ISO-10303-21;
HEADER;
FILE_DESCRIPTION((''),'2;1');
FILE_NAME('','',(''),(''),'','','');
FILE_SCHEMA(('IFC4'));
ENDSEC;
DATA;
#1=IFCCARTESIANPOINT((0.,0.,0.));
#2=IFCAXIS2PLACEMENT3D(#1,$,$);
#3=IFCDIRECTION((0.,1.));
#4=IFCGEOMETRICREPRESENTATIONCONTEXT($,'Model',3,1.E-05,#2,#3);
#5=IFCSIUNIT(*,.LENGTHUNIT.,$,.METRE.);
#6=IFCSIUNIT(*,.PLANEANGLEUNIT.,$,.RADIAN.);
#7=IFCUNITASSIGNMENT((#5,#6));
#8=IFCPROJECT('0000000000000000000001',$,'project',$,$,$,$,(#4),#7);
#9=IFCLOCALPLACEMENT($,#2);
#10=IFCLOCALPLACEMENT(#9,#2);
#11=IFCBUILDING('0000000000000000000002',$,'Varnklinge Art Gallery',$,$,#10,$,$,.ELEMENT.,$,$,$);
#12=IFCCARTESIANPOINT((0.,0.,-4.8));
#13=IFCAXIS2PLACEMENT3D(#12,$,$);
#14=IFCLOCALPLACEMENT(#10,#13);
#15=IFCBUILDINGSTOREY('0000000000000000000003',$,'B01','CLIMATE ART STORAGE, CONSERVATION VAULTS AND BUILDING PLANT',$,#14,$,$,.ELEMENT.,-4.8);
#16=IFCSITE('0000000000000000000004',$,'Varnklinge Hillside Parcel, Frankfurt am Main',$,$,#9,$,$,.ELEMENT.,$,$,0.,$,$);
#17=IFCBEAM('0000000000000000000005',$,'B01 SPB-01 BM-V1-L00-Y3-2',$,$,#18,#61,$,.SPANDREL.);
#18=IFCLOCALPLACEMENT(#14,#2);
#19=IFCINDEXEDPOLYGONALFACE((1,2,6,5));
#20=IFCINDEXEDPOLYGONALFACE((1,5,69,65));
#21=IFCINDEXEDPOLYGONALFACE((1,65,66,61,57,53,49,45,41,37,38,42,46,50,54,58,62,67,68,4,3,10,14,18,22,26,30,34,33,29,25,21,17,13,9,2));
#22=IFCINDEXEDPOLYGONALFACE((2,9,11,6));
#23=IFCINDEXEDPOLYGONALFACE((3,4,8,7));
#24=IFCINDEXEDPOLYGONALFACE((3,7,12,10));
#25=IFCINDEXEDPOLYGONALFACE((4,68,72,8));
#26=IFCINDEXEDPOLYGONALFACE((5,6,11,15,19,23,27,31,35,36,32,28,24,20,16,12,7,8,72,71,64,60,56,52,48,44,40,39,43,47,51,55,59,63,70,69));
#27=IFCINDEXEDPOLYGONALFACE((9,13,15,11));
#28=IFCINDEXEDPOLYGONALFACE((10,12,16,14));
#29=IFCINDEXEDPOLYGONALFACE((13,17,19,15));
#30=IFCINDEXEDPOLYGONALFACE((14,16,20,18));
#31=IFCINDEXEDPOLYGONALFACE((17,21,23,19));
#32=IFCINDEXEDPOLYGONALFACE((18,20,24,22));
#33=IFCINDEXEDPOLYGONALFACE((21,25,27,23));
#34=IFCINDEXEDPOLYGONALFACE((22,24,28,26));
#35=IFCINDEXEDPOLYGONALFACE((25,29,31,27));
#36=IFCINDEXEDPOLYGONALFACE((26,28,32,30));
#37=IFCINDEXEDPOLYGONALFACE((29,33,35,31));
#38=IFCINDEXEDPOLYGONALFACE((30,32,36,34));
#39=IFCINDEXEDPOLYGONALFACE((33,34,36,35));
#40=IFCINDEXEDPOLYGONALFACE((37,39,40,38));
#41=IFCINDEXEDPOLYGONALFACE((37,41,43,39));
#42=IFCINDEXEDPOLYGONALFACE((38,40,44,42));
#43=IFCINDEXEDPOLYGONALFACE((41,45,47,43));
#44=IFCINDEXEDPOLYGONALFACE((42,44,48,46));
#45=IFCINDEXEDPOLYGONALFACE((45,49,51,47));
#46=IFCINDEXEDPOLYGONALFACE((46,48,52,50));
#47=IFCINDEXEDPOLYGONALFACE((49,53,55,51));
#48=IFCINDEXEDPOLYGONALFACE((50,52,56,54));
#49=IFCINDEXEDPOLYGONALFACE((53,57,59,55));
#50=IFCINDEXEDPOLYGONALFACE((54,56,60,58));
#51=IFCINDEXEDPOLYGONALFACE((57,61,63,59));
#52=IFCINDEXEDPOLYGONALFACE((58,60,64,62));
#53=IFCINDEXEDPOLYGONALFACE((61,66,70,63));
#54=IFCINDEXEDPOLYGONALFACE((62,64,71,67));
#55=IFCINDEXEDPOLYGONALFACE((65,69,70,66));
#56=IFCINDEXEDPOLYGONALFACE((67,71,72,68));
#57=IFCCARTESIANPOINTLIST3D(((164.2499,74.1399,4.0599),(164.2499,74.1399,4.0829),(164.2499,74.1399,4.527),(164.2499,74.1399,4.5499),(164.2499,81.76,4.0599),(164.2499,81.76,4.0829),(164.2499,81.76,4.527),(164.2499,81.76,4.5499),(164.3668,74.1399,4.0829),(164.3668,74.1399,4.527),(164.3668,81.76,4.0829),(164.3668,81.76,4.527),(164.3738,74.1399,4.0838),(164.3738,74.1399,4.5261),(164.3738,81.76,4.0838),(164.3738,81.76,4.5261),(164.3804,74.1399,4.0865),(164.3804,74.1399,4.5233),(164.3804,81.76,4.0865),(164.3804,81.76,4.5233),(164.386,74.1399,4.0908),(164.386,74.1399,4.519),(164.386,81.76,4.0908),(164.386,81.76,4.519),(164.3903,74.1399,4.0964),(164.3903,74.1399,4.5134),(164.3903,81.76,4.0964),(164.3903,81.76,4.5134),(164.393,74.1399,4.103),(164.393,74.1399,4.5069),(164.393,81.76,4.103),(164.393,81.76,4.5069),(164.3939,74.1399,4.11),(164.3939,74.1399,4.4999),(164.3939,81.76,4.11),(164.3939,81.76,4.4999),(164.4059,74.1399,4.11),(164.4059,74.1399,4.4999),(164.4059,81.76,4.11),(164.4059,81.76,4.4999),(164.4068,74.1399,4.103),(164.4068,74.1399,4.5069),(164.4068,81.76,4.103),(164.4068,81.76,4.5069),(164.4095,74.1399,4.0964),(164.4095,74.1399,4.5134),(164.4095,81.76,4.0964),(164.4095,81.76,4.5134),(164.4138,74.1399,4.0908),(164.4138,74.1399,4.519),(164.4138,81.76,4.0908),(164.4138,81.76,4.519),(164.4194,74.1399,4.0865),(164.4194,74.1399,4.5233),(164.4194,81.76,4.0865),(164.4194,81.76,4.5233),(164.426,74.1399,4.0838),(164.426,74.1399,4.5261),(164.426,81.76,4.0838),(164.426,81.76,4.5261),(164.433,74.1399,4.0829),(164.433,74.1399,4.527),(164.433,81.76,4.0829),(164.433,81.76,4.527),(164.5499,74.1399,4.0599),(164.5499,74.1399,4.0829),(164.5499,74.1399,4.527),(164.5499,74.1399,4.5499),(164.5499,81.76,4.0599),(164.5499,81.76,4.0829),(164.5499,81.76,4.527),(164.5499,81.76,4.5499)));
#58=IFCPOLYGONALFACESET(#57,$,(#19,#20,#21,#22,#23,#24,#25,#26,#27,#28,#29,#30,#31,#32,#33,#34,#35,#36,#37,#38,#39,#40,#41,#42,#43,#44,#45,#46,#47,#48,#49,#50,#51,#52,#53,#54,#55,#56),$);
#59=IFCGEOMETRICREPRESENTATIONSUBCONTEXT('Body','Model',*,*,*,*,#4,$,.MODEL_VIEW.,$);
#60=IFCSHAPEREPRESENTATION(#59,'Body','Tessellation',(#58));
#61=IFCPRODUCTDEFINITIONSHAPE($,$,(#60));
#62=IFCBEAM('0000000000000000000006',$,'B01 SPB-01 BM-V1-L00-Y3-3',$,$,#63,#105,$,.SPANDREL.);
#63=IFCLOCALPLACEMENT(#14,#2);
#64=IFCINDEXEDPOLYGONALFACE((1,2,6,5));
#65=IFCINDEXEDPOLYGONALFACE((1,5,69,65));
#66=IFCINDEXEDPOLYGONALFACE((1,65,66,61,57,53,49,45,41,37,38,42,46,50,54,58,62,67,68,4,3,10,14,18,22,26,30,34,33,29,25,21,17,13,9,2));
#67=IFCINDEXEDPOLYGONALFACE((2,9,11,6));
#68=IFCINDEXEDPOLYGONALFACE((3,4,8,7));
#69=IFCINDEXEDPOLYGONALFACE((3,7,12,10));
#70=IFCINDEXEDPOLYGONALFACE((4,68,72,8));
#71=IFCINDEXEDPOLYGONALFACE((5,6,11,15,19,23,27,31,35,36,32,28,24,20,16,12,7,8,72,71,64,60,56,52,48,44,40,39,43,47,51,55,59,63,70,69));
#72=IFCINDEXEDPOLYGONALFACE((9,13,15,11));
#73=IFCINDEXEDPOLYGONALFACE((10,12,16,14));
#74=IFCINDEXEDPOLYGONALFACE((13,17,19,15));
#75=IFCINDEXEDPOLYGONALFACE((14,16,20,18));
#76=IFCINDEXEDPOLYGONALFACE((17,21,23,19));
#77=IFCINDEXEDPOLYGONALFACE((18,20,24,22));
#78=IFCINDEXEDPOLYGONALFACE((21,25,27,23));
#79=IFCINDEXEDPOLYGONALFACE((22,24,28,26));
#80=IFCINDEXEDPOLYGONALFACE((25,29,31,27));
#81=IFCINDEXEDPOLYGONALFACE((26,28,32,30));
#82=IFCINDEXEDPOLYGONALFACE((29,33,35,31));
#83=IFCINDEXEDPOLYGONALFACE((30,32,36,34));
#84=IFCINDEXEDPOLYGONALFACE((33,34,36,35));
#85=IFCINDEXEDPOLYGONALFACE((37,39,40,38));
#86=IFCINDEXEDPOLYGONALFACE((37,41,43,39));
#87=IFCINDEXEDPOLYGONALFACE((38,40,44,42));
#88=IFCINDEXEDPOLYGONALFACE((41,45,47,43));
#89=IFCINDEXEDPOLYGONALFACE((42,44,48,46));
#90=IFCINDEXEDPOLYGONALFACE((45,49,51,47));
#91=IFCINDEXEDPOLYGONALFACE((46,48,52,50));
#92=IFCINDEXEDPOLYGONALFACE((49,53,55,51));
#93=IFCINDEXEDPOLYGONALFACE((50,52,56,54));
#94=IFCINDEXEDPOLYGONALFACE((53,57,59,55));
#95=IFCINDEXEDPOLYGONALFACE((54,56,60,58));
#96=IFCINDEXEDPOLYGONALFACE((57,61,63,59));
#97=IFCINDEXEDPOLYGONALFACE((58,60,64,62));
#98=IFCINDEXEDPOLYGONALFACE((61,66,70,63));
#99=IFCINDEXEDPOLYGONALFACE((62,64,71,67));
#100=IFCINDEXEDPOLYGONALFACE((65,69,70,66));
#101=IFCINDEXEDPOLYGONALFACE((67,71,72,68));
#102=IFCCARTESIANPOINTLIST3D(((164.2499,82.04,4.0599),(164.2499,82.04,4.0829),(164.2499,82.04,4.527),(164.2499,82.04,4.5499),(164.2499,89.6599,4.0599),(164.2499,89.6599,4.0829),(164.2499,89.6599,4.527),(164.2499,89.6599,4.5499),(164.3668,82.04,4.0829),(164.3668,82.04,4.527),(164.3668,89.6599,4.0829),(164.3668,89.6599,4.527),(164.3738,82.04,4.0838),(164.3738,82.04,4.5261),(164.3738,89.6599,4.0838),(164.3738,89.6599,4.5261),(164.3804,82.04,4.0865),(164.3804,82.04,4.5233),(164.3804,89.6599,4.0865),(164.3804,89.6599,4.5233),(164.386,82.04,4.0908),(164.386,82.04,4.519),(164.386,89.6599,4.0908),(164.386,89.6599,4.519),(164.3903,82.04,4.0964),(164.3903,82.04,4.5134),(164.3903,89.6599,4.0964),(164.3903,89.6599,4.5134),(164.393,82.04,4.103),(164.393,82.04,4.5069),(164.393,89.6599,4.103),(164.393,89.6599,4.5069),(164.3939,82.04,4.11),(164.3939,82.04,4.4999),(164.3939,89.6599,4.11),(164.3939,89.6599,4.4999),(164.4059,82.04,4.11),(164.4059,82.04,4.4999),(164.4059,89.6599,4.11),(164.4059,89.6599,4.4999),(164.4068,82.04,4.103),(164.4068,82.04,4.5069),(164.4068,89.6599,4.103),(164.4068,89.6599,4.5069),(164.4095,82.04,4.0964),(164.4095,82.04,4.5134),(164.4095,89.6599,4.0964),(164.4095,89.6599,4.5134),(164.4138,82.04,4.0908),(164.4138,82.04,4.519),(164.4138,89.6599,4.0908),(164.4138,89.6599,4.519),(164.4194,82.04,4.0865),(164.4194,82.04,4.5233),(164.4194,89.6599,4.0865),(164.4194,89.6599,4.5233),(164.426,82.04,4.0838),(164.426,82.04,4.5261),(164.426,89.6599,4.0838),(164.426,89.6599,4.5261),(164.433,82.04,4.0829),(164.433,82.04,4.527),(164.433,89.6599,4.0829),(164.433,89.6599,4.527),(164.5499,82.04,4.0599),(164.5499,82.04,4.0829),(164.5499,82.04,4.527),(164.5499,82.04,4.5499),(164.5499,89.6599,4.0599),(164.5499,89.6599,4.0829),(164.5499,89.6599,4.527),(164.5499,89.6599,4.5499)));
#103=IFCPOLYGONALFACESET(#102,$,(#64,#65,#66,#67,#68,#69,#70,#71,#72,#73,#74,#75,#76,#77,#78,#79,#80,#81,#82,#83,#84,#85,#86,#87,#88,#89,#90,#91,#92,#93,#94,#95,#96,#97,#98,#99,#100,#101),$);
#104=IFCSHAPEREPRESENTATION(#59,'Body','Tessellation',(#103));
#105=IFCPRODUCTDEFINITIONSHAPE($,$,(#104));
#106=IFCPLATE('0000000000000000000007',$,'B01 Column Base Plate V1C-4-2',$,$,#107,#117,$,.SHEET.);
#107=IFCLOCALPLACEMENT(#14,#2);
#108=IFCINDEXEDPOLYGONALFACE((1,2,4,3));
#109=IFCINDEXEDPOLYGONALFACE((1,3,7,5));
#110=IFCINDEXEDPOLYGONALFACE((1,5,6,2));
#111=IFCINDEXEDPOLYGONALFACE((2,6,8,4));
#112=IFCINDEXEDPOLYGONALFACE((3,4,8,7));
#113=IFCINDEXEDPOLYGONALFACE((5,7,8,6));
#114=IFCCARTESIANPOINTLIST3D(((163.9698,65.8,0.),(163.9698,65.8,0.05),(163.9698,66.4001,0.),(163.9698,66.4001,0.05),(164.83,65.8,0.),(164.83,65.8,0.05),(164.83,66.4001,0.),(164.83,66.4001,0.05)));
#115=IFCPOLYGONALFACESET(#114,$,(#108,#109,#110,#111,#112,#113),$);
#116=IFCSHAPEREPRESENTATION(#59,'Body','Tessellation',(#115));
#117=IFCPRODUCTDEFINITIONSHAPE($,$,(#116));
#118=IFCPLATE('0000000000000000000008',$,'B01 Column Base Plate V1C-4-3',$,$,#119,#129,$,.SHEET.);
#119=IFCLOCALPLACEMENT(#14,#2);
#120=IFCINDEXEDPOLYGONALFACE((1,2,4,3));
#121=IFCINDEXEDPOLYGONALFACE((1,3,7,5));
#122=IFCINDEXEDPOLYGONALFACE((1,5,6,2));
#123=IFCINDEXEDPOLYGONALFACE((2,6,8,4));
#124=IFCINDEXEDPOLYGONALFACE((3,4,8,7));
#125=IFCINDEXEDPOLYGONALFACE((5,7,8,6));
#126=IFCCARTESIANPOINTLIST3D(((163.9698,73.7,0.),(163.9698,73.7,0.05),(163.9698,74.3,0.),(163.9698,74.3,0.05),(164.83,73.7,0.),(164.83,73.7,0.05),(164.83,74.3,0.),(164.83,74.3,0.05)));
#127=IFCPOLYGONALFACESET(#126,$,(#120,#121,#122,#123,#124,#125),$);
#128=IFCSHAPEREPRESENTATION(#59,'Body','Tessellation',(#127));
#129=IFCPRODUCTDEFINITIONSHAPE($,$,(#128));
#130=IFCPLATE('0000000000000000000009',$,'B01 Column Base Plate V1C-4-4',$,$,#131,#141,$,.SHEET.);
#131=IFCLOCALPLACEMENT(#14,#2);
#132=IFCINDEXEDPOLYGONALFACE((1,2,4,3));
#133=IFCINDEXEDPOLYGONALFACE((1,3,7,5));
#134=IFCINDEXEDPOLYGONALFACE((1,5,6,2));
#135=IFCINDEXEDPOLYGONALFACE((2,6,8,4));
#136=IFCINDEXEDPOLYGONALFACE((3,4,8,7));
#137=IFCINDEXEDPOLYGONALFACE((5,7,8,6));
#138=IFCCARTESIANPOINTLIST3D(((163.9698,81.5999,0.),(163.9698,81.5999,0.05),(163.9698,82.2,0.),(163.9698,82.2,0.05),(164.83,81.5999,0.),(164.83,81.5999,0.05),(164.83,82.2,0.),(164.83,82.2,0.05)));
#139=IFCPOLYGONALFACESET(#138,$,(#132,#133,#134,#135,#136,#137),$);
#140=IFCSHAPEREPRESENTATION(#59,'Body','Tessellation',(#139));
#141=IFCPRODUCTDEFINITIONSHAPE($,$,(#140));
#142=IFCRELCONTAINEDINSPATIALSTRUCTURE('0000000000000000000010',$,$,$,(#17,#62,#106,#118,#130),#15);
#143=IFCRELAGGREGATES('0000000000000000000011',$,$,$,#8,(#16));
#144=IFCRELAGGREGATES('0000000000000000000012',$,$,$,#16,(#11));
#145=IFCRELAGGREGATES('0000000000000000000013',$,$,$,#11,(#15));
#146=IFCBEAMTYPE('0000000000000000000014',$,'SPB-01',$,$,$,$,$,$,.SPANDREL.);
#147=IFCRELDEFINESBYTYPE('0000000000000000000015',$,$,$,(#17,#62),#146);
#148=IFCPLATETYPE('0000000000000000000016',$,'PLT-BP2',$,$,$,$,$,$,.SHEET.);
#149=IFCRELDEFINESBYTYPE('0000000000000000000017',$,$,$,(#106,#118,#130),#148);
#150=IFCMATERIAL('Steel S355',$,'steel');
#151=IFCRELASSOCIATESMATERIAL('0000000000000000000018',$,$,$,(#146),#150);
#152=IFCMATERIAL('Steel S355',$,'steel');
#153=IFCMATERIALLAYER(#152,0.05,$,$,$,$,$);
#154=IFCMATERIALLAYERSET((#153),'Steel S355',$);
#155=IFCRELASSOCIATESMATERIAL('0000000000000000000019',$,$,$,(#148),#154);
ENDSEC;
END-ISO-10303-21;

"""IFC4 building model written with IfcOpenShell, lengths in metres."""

from ifc_helpers import new_model, si_unit, direction, frame, origin, origin_2d, place, context, subcontext, project, spatial, rectangle, i_section, extrude, material, layer, layer_set, material_profile, profile_set, type_object, element, save


model = new_model("IFC4")

# Units and contexts
model_context = context("Model", 3, precision=1e-05, world=origin(), true_north=direction((0.0, 1.0)))
body_context = subcontext(model_context, "Body", "Model", "MODEL_VIEW")
ifc_project = project(units=[si_unit("LENGTHUNIT", "METRE"), si_unit("PLANEANGLEUNIT", "RADIAN")], contexts=[model_context])

# Site, building, storey
site_placement = place(None, origin())
site = spatial("IfcSite", under=ifc_project, at=site_placement, Name="Varnklinge Hillside Parcel, Frankfurt am Main", CompositionType="ELEMENT", RefElevation=0.0)
building_placement = place(site_placement, origin())
building = spatial("IfcBuilding", under=site, at=building_placement, Name="Varnklinge Art Gallery", CompositionType="ELEMENT")
storey_placement = place(building_placement, frame((0.0, 0.0, -4.8)))
storey = spatial("IfcBuildingStorey", under=building, at=storey_placement, Name="B01", Description="CLIMATE ART STORAGE, CONSERVATION VAULTS AND BUILDING PLANT", CompositionType="ELEMENT", Elevation=-4.8)

# Beams
ifc_material_1 = material(Name="Steel S355", Category="steel")
ifc_material_profile_1 = material_profile(ifc_material_1, i_section(OverallWidth=0.3, OverallDepth=0.49, WebThickness=0.012, FlangeThickness=0.0229, FilletRadius=0.0271, at=origin_2d()), Name="HEA 500")
ifc_profile_set_1 = profile_set([ifc_material_profile_1], Name="Steel S355")
beam_type_1 = type_object("IfcBeamType", Name="SPB-01", PredefinedType="SPANDREL", material=ifc_profile_set_1)
for number, where, z_axis, x_axis, name in (
    (1, (164.3999, 74.1399, 4.3049), (0.0, 1.0, 0.0), (-1.0, 0.0, 0.0), "B01 SPB-01 BM-V1-L00-Y3-2"),
):
    element("IfcBeam", number, at=place(storey_placement, frame(where, z_axis=z_axis, x_axis=x_axis)), inside=storey, type_object=beam_type_1, Name=name, PredefinedType="SPANDREL", context=body_context, shape_type="SweptSolid", body=[
        extrude(i_section(OverallWidth=0.3, OverallDepth=0.49, WebThickness=0.012, FlangeThickness=0.0229, FilletRadius=0.0271, at=origin_2d()), origin(), (0.0, 0.0, 1.0), 7.6201),
    ])
beam_placement = place(storey_placement, frame((164.3999, 82.04, 4.3049), z_axis=(0.0, 1.0, 0.0), x_axis=(-1.0, 0.0, 0.0)))
element("IfcBeam", 2, at=beam_placement, inside=storey, type_object=beam_type_1, Name="B01 SPB-01 BM-V1-L00-Y3-3", PredefinedType="SPANDREL", context=body_context, shape_type="SweptSolid", body=[
    extrude(i_section(OverallWidth=0.3, OverallDepth=0.49, WebThickness=0.012, FlangeThickness=0.0229, FilletRadius=0.0271, at=origin_2d()), origin(), (0.0, 0.0, 1.0), 7.6199),
])

# Plates
ifc_material_2 = material(Name="Steel S355", Category="steel")
ifc_layer = layer(ifc_material_2, 0.05)
ifc_layer_set = layer_set([ifc_layer], Name="Steel S355")
plate_type = type_object("IfcPlateType", Name="PLT-BP2", PredefinedType="SHEET", material=ifc_layer_set)
for number, where, z_axis, x_axis, name in (
    (3, (164.3999, 66.1001, 0.0), (0.0, 0.0, 1.0), (1.0, 0.0, 0.0), "B01 Column Base Plate V1C-4-2"),
    (4, (164.3999, 74.0, 0.0), (0.0, 0.0, 1.0), (1.0, 0.0, 0.0), "B01 Column Base Plate V1C-4-3"),
    (5, (164.3999, 81.8999, 0.0), (0.0, 0.0, 1.0), (1.0, 0.0, 0.0), "B01 Column Base Plate V1C-4-4"),
):
    element("IfcPlate", number, at=place(storey_placement, frame(where, z_axis=z_axis, x_axis=x_axis)), inside=storey, type_object=plate_type, Name=name, PredefinedType="SHEET", context=body_context, shape_type="SweptSolid", body=[
        extrude(rectangle(XDim=0.8601, YDim=0.6001, at=origin_2d()), origin(), (0.0, 0.0, 1.0), 0.05),
    ])

save(model, "model.ifc")
